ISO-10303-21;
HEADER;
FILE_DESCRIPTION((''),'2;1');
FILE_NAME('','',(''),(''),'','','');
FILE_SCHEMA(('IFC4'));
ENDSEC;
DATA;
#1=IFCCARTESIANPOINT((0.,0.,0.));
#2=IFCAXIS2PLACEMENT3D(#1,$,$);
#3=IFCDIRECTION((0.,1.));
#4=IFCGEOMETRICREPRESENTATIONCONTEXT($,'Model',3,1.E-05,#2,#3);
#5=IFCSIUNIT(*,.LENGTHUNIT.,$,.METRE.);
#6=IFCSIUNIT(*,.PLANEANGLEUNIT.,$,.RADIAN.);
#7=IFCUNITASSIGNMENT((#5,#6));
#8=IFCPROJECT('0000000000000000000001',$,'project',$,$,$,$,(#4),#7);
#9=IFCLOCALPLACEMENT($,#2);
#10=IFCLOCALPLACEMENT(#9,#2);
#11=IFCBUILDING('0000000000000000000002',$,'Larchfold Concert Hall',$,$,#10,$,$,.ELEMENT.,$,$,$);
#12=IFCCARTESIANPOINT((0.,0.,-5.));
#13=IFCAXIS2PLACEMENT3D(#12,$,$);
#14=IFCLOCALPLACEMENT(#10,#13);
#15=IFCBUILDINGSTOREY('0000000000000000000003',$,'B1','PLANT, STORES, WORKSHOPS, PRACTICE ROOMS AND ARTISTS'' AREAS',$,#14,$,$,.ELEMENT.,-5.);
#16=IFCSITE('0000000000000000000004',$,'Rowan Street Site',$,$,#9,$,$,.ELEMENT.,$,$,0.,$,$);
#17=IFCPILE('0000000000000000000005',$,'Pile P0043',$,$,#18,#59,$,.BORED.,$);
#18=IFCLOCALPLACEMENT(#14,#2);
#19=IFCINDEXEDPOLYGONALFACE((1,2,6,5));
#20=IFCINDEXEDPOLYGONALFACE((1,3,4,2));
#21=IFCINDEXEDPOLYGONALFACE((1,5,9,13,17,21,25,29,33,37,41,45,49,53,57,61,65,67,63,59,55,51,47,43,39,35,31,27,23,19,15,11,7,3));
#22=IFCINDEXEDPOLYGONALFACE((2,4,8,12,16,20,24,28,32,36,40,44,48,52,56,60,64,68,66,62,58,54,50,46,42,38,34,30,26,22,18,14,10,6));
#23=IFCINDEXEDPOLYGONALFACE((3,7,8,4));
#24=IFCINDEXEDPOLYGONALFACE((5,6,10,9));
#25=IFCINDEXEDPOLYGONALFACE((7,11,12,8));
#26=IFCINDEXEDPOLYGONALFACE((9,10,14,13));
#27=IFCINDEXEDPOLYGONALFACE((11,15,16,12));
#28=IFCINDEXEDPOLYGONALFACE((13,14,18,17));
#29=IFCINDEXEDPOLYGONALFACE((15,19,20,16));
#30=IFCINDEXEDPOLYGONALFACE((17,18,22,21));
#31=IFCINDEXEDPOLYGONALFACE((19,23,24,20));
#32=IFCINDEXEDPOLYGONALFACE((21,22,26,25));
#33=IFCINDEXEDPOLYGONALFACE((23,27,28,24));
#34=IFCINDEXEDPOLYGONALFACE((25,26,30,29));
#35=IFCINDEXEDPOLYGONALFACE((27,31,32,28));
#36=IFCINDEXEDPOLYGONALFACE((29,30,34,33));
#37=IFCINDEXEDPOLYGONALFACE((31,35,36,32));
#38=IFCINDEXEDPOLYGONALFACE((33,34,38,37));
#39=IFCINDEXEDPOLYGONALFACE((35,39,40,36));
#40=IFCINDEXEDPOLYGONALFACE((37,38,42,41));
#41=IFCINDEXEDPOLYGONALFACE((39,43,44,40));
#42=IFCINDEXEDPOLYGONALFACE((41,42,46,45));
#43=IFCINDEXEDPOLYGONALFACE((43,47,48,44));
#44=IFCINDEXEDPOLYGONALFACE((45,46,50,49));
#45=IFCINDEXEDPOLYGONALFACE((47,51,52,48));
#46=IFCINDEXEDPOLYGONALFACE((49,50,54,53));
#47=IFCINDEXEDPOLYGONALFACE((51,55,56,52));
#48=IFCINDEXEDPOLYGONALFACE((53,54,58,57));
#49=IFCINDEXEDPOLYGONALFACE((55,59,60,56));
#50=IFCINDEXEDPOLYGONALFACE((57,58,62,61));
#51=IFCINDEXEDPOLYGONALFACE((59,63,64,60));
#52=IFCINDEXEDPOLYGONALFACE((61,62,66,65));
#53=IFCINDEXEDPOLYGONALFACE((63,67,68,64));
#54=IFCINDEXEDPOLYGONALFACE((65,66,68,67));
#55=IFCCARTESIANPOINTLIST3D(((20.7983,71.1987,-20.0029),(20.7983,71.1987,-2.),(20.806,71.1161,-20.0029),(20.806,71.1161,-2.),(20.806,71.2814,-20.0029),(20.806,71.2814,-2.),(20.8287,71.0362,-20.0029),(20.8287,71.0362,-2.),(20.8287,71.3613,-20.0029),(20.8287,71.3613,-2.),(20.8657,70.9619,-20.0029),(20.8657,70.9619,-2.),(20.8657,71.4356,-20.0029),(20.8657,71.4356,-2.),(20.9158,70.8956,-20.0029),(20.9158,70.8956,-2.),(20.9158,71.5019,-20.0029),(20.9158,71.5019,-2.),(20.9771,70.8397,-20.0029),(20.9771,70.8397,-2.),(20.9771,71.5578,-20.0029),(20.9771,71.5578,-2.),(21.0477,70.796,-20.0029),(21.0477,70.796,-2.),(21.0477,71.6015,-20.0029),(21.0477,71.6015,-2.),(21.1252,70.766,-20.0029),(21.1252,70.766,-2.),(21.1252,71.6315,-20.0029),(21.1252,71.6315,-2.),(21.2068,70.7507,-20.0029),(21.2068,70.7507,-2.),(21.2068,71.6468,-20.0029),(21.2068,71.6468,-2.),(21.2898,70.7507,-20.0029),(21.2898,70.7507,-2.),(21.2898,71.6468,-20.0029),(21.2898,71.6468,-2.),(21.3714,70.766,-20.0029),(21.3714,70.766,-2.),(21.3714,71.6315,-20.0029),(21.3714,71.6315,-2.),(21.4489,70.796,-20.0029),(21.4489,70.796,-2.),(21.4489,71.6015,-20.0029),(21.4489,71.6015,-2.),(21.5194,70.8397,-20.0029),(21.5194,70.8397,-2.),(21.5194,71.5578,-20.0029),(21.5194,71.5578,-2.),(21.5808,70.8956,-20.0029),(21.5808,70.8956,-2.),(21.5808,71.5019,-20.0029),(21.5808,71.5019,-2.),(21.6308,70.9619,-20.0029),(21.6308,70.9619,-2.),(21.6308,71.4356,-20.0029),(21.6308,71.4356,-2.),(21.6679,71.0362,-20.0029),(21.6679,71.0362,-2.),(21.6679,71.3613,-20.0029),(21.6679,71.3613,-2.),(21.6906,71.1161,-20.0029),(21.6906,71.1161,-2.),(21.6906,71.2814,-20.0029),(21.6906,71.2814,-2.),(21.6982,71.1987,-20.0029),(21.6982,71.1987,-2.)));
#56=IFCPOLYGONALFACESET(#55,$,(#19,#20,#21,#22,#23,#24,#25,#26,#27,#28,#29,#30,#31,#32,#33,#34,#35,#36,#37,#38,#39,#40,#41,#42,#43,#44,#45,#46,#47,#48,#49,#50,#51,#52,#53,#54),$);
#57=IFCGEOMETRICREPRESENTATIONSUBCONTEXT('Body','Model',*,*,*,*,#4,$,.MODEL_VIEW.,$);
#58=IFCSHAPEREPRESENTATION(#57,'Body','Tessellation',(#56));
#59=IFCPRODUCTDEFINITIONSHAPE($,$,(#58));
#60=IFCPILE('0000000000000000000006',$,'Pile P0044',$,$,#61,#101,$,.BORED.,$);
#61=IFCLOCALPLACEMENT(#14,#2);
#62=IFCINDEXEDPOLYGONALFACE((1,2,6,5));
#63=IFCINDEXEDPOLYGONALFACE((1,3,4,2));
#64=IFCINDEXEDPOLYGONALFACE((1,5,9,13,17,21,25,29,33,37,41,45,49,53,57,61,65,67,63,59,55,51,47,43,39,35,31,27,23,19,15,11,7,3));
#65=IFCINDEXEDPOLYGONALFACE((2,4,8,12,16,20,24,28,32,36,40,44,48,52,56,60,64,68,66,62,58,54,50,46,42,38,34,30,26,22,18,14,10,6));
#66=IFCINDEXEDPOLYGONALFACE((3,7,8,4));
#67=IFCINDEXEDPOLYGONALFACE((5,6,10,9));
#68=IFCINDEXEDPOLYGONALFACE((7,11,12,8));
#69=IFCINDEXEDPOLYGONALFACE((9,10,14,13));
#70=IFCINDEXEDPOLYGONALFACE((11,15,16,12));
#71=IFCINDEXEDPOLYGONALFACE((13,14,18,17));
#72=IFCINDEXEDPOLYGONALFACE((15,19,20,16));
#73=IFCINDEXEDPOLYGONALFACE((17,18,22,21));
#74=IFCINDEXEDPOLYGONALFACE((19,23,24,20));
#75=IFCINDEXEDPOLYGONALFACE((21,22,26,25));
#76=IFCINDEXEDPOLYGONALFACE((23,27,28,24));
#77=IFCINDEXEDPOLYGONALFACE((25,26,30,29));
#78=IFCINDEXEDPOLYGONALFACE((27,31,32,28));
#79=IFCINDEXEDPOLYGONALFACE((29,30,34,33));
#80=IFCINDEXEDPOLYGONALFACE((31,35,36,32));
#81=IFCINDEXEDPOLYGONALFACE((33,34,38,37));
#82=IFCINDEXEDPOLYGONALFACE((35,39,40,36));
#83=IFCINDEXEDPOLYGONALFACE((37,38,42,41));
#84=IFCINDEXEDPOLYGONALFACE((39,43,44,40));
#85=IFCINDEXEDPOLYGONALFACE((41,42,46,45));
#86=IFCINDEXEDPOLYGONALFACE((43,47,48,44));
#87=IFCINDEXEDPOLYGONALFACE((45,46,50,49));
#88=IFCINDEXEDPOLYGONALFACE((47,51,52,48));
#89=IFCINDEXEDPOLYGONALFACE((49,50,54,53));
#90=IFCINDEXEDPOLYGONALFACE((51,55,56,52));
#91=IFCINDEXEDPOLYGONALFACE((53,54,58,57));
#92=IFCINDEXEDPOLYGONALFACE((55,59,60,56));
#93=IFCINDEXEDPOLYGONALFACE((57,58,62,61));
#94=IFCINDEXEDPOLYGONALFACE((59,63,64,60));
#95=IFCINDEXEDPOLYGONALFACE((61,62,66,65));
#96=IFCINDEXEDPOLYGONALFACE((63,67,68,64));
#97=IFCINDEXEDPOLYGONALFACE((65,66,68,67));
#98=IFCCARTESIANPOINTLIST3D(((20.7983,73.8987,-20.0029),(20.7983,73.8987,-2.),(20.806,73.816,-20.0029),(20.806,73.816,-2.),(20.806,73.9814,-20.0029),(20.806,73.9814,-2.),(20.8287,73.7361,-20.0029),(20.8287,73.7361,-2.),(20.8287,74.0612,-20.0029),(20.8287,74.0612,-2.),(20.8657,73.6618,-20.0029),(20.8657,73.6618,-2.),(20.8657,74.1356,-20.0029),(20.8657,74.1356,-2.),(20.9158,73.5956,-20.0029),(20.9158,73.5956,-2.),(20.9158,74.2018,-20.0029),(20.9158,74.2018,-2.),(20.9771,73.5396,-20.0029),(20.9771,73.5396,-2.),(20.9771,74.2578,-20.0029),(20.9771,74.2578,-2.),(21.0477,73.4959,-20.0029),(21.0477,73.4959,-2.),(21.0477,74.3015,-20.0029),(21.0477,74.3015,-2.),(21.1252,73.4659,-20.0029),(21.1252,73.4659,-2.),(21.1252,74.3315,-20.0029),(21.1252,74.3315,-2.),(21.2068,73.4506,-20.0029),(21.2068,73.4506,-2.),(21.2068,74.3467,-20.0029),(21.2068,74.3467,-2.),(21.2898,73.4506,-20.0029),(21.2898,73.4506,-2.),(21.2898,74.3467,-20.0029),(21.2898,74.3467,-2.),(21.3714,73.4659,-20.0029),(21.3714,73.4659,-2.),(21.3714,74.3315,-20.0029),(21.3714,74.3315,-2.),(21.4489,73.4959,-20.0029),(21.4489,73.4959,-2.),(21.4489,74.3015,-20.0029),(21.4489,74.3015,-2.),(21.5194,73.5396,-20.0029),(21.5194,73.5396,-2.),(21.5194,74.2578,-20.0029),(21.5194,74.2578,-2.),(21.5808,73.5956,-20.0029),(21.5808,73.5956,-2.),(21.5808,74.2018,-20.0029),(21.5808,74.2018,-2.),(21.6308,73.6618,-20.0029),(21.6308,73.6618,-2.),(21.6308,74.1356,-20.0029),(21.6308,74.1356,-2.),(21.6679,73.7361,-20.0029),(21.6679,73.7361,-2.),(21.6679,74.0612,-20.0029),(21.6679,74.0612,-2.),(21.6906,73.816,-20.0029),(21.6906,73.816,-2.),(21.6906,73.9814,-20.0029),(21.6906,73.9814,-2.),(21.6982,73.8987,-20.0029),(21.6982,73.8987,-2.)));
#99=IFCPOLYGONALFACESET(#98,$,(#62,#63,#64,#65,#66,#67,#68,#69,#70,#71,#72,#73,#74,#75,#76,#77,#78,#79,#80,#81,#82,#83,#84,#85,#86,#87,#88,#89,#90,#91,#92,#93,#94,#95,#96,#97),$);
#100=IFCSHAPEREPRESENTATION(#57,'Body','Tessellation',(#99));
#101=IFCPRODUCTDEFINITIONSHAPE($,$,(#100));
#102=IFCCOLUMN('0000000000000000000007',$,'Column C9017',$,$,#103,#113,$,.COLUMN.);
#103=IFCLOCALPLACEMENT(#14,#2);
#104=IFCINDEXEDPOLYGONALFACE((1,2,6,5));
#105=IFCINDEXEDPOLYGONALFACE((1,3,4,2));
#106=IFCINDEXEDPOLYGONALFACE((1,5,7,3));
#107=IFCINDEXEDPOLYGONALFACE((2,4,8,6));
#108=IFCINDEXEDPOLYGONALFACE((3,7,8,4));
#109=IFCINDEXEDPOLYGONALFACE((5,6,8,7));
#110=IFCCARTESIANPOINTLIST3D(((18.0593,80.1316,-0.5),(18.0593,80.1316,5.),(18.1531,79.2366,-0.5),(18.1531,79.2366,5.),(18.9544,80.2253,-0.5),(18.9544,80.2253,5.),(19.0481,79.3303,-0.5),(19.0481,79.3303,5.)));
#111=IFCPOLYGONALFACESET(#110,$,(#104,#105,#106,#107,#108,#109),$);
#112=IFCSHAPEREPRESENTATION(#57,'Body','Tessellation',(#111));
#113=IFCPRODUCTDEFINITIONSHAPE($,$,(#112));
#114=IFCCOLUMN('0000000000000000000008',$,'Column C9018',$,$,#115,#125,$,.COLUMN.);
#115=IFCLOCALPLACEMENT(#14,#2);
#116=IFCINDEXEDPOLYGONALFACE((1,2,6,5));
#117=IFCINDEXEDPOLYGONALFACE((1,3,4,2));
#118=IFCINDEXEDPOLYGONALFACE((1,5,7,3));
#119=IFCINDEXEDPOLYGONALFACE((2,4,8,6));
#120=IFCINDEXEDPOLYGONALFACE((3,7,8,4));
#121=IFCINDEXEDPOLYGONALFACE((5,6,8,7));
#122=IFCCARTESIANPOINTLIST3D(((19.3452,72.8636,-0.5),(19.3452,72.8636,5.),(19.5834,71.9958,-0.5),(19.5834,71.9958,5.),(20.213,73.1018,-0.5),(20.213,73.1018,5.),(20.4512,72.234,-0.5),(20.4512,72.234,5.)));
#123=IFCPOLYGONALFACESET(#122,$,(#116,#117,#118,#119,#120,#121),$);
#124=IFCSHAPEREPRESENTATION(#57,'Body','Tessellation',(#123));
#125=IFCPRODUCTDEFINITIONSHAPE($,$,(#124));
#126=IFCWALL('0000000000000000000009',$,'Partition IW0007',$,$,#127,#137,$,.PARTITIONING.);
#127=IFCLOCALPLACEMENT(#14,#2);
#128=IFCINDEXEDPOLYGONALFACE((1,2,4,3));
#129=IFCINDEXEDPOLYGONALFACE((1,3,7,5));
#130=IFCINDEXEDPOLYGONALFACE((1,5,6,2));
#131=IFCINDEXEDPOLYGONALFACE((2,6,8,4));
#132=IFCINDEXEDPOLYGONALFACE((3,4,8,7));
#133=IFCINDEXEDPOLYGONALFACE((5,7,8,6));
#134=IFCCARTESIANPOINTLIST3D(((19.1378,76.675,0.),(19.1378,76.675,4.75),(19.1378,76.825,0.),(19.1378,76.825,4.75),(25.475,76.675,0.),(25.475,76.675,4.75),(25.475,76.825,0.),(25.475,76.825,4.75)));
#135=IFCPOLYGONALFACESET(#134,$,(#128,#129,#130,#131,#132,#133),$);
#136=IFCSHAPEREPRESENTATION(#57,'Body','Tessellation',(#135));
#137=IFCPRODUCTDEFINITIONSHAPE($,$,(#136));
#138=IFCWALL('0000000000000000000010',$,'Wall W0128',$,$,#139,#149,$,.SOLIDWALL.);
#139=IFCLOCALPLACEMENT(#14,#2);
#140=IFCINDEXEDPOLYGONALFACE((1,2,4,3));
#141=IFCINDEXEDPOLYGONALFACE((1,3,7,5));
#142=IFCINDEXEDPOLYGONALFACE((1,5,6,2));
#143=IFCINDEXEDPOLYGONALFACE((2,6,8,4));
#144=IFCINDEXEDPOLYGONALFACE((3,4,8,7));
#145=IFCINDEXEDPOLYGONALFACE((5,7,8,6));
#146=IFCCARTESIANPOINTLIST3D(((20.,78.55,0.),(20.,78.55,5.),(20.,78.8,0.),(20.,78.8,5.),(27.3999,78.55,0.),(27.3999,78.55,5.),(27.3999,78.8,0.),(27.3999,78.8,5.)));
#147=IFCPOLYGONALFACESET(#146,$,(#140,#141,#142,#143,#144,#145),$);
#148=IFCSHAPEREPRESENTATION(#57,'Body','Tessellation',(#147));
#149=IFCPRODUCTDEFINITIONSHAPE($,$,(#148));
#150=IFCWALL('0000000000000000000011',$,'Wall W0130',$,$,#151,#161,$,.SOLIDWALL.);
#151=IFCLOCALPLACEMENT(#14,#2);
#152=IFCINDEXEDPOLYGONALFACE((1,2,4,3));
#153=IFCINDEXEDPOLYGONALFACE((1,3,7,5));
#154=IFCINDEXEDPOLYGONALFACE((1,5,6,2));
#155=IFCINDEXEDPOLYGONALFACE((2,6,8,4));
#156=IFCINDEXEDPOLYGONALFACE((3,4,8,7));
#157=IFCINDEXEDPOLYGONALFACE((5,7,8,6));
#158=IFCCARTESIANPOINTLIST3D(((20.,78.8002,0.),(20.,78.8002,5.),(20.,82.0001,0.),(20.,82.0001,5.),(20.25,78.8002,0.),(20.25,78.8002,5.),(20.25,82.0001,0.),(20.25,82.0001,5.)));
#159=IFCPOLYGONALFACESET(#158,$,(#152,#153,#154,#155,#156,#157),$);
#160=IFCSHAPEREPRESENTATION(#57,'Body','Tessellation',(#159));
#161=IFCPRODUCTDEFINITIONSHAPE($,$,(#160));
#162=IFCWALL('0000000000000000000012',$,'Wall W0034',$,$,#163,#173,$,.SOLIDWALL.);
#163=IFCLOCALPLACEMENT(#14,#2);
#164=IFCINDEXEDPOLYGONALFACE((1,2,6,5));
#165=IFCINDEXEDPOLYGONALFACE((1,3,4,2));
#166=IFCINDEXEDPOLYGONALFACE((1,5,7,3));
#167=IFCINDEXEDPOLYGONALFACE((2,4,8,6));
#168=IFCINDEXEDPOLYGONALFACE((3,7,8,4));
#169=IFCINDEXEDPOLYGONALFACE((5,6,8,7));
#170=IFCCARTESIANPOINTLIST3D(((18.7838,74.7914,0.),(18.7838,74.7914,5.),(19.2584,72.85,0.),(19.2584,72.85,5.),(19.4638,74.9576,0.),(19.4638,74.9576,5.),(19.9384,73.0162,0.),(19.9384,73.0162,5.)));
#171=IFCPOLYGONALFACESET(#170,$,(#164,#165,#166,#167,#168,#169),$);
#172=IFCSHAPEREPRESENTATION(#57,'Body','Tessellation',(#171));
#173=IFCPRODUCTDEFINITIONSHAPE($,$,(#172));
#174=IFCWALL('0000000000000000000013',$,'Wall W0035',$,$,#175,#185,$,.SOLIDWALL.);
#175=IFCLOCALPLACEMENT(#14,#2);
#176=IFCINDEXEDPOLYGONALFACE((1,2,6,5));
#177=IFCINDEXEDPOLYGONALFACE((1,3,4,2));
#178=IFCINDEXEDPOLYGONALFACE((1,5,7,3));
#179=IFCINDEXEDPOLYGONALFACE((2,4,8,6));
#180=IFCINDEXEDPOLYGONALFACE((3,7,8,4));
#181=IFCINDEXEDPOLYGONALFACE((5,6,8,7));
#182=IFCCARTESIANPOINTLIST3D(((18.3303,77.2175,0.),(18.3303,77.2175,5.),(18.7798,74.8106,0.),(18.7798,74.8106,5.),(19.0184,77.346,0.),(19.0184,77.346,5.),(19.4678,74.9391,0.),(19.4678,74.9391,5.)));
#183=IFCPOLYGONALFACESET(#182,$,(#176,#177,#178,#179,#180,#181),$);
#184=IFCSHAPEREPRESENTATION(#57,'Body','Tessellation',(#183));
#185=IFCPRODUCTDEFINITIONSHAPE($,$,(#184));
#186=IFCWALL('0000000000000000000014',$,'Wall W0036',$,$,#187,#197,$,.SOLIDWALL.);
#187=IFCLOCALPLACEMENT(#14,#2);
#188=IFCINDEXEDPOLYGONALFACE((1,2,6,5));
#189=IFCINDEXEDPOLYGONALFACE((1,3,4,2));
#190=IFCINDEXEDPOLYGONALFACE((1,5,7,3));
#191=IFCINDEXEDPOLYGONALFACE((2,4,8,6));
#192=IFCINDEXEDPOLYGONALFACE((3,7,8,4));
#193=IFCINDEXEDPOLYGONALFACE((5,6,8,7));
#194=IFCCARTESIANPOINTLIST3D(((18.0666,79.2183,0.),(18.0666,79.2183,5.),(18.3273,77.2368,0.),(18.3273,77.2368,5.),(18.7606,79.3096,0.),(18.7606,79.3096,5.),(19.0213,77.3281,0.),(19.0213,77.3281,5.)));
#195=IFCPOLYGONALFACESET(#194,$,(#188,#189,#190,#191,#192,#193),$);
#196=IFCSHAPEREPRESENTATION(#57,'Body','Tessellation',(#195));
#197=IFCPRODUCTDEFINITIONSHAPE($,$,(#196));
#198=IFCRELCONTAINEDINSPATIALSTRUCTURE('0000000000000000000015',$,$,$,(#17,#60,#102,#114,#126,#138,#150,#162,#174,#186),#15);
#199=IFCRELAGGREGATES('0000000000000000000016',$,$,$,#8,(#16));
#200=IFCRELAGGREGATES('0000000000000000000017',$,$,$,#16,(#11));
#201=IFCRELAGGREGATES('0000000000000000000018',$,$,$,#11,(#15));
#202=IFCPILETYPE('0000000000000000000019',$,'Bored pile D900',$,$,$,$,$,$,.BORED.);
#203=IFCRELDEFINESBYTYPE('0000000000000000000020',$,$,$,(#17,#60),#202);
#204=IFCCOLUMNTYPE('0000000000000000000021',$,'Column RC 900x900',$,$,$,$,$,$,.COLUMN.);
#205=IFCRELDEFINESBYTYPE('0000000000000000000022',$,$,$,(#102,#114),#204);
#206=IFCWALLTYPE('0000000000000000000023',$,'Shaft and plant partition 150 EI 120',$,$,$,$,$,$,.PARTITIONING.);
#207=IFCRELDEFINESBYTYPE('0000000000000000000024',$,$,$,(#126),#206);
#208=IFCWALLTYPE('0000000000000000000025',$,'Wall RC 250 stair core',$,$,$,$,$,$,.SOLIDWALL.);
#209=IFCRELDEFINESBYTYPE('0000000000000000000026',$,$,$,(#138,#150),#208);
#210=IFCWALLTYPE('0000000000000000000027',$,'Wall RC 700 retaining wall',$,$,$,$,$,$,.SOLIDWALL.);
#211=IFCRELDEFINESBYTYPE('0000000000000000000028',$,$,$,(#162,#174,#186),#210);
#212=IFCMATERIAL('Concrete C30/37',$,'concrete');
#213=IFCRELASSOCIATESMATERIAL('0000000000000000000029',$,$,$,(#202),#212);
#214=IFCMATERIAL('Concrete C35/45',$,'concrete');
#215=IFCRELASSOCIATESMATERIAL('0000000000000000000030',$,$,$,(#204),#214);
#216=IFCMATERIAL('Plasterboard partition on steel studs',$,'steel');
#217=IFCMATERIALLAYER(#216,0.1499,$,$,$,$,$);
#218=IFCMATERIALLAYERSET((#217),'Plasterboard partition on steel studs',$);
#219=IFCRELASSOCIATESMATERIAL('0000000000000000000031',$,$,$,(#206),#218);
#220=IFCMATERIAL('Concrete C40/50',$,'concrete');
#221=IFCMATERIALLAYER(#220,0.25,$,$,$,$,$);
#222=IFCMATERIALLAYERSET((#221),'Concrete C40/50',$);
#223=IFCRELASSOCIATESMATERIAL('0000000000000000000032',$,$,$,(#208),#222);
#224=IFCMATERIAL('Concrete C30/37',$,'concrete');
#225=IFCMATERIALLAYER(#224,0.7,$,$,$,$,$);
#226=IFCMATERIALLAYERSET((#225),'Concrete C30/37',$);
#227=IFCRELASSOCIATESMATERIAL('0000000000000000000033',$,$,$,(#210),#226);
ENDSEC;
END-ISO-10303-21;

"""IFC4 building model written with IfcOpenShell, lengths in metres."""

from ifc_helpers import new_model, si_unit, direction, frame, frame_2d, origin, origin_2d, place, context, subcontext, project, spatial, rectangle, circle, extrude, material, layer, layer_set, material_profile, profile_set, type_object, element, save


model = new_model("IFC4")

# Units and contexts
model_context = context("Model", 3, precision=1e-05, world=origin(), true_north=direction((0.0, 1.0)))
body_context = subcontext(model_context, "Body", "Model", "MODEL_VIEW")
ifc_project = project(units=[si_unit("LENGTHUNIT", "METRE"), si_unit("PLANEANGLEUNIT", "RADIAN")], contexts=[model_context])

# Site, building, storey
site_placement = place(None, origin())
site = spatial("IfcSite", under=ifc_project, at=site_placement, Name="Rowan Street Site", CompositionType="ELEMENT", RefElevation=0.0)
building_placement = place(site_placement, origin())
building = spatial("IfcBuilding", under=site, at=building_placement, Name="Larchfold Concert Hall", CompositionType="ELEMENT")
storey_placement = place(building_placement, frame((0.0, 0.0, -5.0)))
storey = spatial("IfcBuildingStorey", under=building, at=storey_placement, Name="B1", Description="PLANT, STORES, WORKSHOPS, PRACTICE ROOMS AND ARTISTS' AREAS", CompositionType="ELEMENT", Elevation=-5.0)

# Piles
ifc_material_1 = material(Name="Concrete C30/37", Category="concrete")
ifc_material_profile_1 = material_profile(ifc_material_1, circle(Radius=0.45, at=origin_2d()))
ifc_profile_set_1 = profile_set([ifc_material_profile_1], Name="Concrete C30/37")
pile_type = type_object("IfcPileType", Name="Bored pile D900", PredefinedType="BORED", material=ifc_profile_set_1)
for number, where, z_axis, x_axis, name in (
    (1, (21.2483, 71.1987, -2.0), (0.0, 0.0, -1.0), (1.0, 0.0, 0.0), "Pile P0043"),
    (2, (21.2483, 73.8987, -2.0), (0.0, 0.0, -1.0), (1.0, 0.0, 0.0), "Pile P0044"),
):
    element("IfcPile", number, at=place(storey_placement, frame(where, z_axis=z_axis, x_axis=x_axis)), inside=storey, type_object=pile_type, Name=name, PredefinedType="BORED", context=body_context, shape_type="SweptSolid", body=[
        extrude(circle(Radius=0.45, at=origin_2d()), origin(), (0.0, 0.0, 1.0), 18.0029),
    ])

# Columns
ifc_material_2 = material(Name="Concrete C35/45", Category="concrete")
ifc_material_profile_2 = material_profile(ifc_material_2, rectangle(XDim=0.8999, YDim=0.8999, at=origin_2d()))
ifc_profile_set_2 = profile_set([ifc_material_profile_2], Name="Concrete C35/45")
column_type = type_object("IfcColumnType", Name="Column RC 900x900", PredefinedType="COLUMN", material=ifc_profile_set_2)
for number, where, z_axis, x_axis, name in (
    (3, (18.5537, 79.731, -0.5), (0.0, 0.0, 1.0), (0.994561, 0.104152, 0.0), "Column C9017"),
    (4, (19.8982, 72.5488, -0.5), (0.0, 0.0, 1.0), (0.964324, 0.264726, 0.0), "Column C9018"),
):
    element("IfcColumn", number, at=place(storey_placement, frame(where, z_axis=z_axis, x_axis=x_axis)), inside=storey, type_object=column_type, Name=name, PredefinedType="COLUMN", context=body_context, shape_type="SweptSolid", body=[
        extrude(rectangle(XDim=0.8999, YDim=0.8999, at=origin_2d()), origin(), (0.0, 0.0, 1.0), 5.5),
    ])

# Walls
ifc_material_3 = material(Name="Plasterboard partition on steel studs", Category="steel")
ifc_layer_1 = layer(ifc_material_3, 0.1499)
ifc_layer_set_1 = layer_set([ifc_layer_1], Name="Plasterboard partition on steel studs")
wall_type_1 = type_object("IfcWallType", Name="Shaft and plant partition 150 EI 120", PredefinedType="PARTITIONING", material=ifc_layer_set_1)
wall_1_placement = place(storey_placement, frame((19.1379, 76.75, 0.0), z_axis=(0.0, 0.0, 1.0), x_axis=(1.0, 0.0, 0.0)))
element("IfcWall", 5, at=wall_1_placement, inside=storey, type_object=wall_type_1, Name="Partition IW0007", PredefinedType="PARTITIONING", context=body_context, shape_type="SweptSolid", body=[
    extrude(rectangle(XDim=6.3372, YDim=0.1499, at=frame_2d((3.1685, 0.0))), origin(), (0.0, 0.0, 1.0), 4.75),
])
ifc_material_4 = material(Name="Concrete C40/50", Category="concrete")
ifc_layer_2 = layer(ifc_material_4, 0.25)
ifc_layer_set_2 = layer_set([ifc_layer_2], Name="Concrete C40/50")
wall_type_2 = type_object("IfcWallType", Name="Wall RC 250 stair core", PredefinedType="SOLIDWALL", material=ifc_layer_set_2)
wall_2_placement = place(storey_placement, frame((20.0, 78.675, 0.0), z_axis=(0.0, 0.0, 1.0), x_axis=(1.0, 0.0, 0.0)))
element("IfcWall", 6, at=wall_2_placement, inside=storey, type_object=wall_type_2, Name="Wall W0128", PredefinedType="SOLIDWALL", context=body_context, shape_type="SweptSolid", body=[
    extrude(rectangle(XDim=7.3999, YDim=0.25, at=frame_2d((3.7, 0.0))), origin(), (0.0, 0.0, 1.0), 5.0),
])
wall_3_placement = place(storey_placement, frame((20.125, 78.8, 0.0), z_axis=(0.0, 0.0, 1.0), x_axis=(0.0, 1.0, 0.0)))
element("IfcWall", 7, at=wall_3_placement, inside=storey, type_object=wall_type_2, Name="Wall W0130", PredefinedType="SOLIDWALL", context=body_context, shape_type="SweptSolid", body=[
    extrude(rectangle(XDim=3.2, YDim=0.25, at=frame_2d((1.6001, 0.0))), origin(), (0.0, 0.0, 1.0), 5.0),
])
ifc_material_5 = material(Name="Concrete C30/37", Category="concrete")
ifc_layer_3 = layer(ifc_material_5, 0.7)
ifc_layer_set_3 = layer_set([ifc_layer_3], Name="Concrete C30/37")
wall_type_3 = type_object("IfcWallType", Name="Wall RC 700 retaining wall", PredefinedType="SOLIDWALL", material=ifc_layer_set_3)
wall_4_placement = place(storey_placement, frame((19.5984, 72.9331, 0.0), z_axis=(0.0, 0.0, 1.0), x_axis=(-0.237474, 0.971394, 0.0)))
element("IfcWall", 8, at=wall_4_placement, inside=storey, type_object=wall_type_3, Name="Wall W0034", PredefinedType="SOLIDWALL", context=body_context, shape_type="SweptSolid", body=[
    extrude(rectangle(XDim=1.9985, YDim=0.7, at=frame_2d((0.9993, 0.0))), origin(), (0.0, 0.0, 1.0), 5.0),
])
wall_5_placement = place(storey_placement, frame((19.1238, 74.875, 0.0), z_axis=(0.0, 0.0, 1.0), x_axis=(-0.18356, 0.983008, 0.0)))
element("IfcWall", 9, at=wall_5_placement, inside=storey, type_object=wall_type_3, Name="Wall W0035", PredefinedType="SOLIDWALL", context=body_context, shape_type="SweptSolid", body=[
    extrude(rectangle(XDim=2.4485, YDim=0.7, at=frame_2d((1.2241, 0.0))), origin(), (0.0, 0.0, 1.0), 5.0),
])
wall_6_placement = place(storey_placement, frame((18.6743, 77.2825, 0.0), z_axis=(0.0, 0.0, 1.0), x_axis=(-0.130467, 0.991453, 0.0)))
element("IfcWall", 10, at=wall_6_placement, inside=storey, type_object=wall_type_3, Name="Wall W0036", PredefinedType="SOLIDWALL", context=body_context, shape_type="SweptSolid", body=[
    extrude(rectangle(XDim=1.9985, YDim=0.7, at=frame_2d((0.9993, 0.0))), origin(), (0.0, 0.0, 1.0), 5.0),
])

save(model, "model.ifc")
